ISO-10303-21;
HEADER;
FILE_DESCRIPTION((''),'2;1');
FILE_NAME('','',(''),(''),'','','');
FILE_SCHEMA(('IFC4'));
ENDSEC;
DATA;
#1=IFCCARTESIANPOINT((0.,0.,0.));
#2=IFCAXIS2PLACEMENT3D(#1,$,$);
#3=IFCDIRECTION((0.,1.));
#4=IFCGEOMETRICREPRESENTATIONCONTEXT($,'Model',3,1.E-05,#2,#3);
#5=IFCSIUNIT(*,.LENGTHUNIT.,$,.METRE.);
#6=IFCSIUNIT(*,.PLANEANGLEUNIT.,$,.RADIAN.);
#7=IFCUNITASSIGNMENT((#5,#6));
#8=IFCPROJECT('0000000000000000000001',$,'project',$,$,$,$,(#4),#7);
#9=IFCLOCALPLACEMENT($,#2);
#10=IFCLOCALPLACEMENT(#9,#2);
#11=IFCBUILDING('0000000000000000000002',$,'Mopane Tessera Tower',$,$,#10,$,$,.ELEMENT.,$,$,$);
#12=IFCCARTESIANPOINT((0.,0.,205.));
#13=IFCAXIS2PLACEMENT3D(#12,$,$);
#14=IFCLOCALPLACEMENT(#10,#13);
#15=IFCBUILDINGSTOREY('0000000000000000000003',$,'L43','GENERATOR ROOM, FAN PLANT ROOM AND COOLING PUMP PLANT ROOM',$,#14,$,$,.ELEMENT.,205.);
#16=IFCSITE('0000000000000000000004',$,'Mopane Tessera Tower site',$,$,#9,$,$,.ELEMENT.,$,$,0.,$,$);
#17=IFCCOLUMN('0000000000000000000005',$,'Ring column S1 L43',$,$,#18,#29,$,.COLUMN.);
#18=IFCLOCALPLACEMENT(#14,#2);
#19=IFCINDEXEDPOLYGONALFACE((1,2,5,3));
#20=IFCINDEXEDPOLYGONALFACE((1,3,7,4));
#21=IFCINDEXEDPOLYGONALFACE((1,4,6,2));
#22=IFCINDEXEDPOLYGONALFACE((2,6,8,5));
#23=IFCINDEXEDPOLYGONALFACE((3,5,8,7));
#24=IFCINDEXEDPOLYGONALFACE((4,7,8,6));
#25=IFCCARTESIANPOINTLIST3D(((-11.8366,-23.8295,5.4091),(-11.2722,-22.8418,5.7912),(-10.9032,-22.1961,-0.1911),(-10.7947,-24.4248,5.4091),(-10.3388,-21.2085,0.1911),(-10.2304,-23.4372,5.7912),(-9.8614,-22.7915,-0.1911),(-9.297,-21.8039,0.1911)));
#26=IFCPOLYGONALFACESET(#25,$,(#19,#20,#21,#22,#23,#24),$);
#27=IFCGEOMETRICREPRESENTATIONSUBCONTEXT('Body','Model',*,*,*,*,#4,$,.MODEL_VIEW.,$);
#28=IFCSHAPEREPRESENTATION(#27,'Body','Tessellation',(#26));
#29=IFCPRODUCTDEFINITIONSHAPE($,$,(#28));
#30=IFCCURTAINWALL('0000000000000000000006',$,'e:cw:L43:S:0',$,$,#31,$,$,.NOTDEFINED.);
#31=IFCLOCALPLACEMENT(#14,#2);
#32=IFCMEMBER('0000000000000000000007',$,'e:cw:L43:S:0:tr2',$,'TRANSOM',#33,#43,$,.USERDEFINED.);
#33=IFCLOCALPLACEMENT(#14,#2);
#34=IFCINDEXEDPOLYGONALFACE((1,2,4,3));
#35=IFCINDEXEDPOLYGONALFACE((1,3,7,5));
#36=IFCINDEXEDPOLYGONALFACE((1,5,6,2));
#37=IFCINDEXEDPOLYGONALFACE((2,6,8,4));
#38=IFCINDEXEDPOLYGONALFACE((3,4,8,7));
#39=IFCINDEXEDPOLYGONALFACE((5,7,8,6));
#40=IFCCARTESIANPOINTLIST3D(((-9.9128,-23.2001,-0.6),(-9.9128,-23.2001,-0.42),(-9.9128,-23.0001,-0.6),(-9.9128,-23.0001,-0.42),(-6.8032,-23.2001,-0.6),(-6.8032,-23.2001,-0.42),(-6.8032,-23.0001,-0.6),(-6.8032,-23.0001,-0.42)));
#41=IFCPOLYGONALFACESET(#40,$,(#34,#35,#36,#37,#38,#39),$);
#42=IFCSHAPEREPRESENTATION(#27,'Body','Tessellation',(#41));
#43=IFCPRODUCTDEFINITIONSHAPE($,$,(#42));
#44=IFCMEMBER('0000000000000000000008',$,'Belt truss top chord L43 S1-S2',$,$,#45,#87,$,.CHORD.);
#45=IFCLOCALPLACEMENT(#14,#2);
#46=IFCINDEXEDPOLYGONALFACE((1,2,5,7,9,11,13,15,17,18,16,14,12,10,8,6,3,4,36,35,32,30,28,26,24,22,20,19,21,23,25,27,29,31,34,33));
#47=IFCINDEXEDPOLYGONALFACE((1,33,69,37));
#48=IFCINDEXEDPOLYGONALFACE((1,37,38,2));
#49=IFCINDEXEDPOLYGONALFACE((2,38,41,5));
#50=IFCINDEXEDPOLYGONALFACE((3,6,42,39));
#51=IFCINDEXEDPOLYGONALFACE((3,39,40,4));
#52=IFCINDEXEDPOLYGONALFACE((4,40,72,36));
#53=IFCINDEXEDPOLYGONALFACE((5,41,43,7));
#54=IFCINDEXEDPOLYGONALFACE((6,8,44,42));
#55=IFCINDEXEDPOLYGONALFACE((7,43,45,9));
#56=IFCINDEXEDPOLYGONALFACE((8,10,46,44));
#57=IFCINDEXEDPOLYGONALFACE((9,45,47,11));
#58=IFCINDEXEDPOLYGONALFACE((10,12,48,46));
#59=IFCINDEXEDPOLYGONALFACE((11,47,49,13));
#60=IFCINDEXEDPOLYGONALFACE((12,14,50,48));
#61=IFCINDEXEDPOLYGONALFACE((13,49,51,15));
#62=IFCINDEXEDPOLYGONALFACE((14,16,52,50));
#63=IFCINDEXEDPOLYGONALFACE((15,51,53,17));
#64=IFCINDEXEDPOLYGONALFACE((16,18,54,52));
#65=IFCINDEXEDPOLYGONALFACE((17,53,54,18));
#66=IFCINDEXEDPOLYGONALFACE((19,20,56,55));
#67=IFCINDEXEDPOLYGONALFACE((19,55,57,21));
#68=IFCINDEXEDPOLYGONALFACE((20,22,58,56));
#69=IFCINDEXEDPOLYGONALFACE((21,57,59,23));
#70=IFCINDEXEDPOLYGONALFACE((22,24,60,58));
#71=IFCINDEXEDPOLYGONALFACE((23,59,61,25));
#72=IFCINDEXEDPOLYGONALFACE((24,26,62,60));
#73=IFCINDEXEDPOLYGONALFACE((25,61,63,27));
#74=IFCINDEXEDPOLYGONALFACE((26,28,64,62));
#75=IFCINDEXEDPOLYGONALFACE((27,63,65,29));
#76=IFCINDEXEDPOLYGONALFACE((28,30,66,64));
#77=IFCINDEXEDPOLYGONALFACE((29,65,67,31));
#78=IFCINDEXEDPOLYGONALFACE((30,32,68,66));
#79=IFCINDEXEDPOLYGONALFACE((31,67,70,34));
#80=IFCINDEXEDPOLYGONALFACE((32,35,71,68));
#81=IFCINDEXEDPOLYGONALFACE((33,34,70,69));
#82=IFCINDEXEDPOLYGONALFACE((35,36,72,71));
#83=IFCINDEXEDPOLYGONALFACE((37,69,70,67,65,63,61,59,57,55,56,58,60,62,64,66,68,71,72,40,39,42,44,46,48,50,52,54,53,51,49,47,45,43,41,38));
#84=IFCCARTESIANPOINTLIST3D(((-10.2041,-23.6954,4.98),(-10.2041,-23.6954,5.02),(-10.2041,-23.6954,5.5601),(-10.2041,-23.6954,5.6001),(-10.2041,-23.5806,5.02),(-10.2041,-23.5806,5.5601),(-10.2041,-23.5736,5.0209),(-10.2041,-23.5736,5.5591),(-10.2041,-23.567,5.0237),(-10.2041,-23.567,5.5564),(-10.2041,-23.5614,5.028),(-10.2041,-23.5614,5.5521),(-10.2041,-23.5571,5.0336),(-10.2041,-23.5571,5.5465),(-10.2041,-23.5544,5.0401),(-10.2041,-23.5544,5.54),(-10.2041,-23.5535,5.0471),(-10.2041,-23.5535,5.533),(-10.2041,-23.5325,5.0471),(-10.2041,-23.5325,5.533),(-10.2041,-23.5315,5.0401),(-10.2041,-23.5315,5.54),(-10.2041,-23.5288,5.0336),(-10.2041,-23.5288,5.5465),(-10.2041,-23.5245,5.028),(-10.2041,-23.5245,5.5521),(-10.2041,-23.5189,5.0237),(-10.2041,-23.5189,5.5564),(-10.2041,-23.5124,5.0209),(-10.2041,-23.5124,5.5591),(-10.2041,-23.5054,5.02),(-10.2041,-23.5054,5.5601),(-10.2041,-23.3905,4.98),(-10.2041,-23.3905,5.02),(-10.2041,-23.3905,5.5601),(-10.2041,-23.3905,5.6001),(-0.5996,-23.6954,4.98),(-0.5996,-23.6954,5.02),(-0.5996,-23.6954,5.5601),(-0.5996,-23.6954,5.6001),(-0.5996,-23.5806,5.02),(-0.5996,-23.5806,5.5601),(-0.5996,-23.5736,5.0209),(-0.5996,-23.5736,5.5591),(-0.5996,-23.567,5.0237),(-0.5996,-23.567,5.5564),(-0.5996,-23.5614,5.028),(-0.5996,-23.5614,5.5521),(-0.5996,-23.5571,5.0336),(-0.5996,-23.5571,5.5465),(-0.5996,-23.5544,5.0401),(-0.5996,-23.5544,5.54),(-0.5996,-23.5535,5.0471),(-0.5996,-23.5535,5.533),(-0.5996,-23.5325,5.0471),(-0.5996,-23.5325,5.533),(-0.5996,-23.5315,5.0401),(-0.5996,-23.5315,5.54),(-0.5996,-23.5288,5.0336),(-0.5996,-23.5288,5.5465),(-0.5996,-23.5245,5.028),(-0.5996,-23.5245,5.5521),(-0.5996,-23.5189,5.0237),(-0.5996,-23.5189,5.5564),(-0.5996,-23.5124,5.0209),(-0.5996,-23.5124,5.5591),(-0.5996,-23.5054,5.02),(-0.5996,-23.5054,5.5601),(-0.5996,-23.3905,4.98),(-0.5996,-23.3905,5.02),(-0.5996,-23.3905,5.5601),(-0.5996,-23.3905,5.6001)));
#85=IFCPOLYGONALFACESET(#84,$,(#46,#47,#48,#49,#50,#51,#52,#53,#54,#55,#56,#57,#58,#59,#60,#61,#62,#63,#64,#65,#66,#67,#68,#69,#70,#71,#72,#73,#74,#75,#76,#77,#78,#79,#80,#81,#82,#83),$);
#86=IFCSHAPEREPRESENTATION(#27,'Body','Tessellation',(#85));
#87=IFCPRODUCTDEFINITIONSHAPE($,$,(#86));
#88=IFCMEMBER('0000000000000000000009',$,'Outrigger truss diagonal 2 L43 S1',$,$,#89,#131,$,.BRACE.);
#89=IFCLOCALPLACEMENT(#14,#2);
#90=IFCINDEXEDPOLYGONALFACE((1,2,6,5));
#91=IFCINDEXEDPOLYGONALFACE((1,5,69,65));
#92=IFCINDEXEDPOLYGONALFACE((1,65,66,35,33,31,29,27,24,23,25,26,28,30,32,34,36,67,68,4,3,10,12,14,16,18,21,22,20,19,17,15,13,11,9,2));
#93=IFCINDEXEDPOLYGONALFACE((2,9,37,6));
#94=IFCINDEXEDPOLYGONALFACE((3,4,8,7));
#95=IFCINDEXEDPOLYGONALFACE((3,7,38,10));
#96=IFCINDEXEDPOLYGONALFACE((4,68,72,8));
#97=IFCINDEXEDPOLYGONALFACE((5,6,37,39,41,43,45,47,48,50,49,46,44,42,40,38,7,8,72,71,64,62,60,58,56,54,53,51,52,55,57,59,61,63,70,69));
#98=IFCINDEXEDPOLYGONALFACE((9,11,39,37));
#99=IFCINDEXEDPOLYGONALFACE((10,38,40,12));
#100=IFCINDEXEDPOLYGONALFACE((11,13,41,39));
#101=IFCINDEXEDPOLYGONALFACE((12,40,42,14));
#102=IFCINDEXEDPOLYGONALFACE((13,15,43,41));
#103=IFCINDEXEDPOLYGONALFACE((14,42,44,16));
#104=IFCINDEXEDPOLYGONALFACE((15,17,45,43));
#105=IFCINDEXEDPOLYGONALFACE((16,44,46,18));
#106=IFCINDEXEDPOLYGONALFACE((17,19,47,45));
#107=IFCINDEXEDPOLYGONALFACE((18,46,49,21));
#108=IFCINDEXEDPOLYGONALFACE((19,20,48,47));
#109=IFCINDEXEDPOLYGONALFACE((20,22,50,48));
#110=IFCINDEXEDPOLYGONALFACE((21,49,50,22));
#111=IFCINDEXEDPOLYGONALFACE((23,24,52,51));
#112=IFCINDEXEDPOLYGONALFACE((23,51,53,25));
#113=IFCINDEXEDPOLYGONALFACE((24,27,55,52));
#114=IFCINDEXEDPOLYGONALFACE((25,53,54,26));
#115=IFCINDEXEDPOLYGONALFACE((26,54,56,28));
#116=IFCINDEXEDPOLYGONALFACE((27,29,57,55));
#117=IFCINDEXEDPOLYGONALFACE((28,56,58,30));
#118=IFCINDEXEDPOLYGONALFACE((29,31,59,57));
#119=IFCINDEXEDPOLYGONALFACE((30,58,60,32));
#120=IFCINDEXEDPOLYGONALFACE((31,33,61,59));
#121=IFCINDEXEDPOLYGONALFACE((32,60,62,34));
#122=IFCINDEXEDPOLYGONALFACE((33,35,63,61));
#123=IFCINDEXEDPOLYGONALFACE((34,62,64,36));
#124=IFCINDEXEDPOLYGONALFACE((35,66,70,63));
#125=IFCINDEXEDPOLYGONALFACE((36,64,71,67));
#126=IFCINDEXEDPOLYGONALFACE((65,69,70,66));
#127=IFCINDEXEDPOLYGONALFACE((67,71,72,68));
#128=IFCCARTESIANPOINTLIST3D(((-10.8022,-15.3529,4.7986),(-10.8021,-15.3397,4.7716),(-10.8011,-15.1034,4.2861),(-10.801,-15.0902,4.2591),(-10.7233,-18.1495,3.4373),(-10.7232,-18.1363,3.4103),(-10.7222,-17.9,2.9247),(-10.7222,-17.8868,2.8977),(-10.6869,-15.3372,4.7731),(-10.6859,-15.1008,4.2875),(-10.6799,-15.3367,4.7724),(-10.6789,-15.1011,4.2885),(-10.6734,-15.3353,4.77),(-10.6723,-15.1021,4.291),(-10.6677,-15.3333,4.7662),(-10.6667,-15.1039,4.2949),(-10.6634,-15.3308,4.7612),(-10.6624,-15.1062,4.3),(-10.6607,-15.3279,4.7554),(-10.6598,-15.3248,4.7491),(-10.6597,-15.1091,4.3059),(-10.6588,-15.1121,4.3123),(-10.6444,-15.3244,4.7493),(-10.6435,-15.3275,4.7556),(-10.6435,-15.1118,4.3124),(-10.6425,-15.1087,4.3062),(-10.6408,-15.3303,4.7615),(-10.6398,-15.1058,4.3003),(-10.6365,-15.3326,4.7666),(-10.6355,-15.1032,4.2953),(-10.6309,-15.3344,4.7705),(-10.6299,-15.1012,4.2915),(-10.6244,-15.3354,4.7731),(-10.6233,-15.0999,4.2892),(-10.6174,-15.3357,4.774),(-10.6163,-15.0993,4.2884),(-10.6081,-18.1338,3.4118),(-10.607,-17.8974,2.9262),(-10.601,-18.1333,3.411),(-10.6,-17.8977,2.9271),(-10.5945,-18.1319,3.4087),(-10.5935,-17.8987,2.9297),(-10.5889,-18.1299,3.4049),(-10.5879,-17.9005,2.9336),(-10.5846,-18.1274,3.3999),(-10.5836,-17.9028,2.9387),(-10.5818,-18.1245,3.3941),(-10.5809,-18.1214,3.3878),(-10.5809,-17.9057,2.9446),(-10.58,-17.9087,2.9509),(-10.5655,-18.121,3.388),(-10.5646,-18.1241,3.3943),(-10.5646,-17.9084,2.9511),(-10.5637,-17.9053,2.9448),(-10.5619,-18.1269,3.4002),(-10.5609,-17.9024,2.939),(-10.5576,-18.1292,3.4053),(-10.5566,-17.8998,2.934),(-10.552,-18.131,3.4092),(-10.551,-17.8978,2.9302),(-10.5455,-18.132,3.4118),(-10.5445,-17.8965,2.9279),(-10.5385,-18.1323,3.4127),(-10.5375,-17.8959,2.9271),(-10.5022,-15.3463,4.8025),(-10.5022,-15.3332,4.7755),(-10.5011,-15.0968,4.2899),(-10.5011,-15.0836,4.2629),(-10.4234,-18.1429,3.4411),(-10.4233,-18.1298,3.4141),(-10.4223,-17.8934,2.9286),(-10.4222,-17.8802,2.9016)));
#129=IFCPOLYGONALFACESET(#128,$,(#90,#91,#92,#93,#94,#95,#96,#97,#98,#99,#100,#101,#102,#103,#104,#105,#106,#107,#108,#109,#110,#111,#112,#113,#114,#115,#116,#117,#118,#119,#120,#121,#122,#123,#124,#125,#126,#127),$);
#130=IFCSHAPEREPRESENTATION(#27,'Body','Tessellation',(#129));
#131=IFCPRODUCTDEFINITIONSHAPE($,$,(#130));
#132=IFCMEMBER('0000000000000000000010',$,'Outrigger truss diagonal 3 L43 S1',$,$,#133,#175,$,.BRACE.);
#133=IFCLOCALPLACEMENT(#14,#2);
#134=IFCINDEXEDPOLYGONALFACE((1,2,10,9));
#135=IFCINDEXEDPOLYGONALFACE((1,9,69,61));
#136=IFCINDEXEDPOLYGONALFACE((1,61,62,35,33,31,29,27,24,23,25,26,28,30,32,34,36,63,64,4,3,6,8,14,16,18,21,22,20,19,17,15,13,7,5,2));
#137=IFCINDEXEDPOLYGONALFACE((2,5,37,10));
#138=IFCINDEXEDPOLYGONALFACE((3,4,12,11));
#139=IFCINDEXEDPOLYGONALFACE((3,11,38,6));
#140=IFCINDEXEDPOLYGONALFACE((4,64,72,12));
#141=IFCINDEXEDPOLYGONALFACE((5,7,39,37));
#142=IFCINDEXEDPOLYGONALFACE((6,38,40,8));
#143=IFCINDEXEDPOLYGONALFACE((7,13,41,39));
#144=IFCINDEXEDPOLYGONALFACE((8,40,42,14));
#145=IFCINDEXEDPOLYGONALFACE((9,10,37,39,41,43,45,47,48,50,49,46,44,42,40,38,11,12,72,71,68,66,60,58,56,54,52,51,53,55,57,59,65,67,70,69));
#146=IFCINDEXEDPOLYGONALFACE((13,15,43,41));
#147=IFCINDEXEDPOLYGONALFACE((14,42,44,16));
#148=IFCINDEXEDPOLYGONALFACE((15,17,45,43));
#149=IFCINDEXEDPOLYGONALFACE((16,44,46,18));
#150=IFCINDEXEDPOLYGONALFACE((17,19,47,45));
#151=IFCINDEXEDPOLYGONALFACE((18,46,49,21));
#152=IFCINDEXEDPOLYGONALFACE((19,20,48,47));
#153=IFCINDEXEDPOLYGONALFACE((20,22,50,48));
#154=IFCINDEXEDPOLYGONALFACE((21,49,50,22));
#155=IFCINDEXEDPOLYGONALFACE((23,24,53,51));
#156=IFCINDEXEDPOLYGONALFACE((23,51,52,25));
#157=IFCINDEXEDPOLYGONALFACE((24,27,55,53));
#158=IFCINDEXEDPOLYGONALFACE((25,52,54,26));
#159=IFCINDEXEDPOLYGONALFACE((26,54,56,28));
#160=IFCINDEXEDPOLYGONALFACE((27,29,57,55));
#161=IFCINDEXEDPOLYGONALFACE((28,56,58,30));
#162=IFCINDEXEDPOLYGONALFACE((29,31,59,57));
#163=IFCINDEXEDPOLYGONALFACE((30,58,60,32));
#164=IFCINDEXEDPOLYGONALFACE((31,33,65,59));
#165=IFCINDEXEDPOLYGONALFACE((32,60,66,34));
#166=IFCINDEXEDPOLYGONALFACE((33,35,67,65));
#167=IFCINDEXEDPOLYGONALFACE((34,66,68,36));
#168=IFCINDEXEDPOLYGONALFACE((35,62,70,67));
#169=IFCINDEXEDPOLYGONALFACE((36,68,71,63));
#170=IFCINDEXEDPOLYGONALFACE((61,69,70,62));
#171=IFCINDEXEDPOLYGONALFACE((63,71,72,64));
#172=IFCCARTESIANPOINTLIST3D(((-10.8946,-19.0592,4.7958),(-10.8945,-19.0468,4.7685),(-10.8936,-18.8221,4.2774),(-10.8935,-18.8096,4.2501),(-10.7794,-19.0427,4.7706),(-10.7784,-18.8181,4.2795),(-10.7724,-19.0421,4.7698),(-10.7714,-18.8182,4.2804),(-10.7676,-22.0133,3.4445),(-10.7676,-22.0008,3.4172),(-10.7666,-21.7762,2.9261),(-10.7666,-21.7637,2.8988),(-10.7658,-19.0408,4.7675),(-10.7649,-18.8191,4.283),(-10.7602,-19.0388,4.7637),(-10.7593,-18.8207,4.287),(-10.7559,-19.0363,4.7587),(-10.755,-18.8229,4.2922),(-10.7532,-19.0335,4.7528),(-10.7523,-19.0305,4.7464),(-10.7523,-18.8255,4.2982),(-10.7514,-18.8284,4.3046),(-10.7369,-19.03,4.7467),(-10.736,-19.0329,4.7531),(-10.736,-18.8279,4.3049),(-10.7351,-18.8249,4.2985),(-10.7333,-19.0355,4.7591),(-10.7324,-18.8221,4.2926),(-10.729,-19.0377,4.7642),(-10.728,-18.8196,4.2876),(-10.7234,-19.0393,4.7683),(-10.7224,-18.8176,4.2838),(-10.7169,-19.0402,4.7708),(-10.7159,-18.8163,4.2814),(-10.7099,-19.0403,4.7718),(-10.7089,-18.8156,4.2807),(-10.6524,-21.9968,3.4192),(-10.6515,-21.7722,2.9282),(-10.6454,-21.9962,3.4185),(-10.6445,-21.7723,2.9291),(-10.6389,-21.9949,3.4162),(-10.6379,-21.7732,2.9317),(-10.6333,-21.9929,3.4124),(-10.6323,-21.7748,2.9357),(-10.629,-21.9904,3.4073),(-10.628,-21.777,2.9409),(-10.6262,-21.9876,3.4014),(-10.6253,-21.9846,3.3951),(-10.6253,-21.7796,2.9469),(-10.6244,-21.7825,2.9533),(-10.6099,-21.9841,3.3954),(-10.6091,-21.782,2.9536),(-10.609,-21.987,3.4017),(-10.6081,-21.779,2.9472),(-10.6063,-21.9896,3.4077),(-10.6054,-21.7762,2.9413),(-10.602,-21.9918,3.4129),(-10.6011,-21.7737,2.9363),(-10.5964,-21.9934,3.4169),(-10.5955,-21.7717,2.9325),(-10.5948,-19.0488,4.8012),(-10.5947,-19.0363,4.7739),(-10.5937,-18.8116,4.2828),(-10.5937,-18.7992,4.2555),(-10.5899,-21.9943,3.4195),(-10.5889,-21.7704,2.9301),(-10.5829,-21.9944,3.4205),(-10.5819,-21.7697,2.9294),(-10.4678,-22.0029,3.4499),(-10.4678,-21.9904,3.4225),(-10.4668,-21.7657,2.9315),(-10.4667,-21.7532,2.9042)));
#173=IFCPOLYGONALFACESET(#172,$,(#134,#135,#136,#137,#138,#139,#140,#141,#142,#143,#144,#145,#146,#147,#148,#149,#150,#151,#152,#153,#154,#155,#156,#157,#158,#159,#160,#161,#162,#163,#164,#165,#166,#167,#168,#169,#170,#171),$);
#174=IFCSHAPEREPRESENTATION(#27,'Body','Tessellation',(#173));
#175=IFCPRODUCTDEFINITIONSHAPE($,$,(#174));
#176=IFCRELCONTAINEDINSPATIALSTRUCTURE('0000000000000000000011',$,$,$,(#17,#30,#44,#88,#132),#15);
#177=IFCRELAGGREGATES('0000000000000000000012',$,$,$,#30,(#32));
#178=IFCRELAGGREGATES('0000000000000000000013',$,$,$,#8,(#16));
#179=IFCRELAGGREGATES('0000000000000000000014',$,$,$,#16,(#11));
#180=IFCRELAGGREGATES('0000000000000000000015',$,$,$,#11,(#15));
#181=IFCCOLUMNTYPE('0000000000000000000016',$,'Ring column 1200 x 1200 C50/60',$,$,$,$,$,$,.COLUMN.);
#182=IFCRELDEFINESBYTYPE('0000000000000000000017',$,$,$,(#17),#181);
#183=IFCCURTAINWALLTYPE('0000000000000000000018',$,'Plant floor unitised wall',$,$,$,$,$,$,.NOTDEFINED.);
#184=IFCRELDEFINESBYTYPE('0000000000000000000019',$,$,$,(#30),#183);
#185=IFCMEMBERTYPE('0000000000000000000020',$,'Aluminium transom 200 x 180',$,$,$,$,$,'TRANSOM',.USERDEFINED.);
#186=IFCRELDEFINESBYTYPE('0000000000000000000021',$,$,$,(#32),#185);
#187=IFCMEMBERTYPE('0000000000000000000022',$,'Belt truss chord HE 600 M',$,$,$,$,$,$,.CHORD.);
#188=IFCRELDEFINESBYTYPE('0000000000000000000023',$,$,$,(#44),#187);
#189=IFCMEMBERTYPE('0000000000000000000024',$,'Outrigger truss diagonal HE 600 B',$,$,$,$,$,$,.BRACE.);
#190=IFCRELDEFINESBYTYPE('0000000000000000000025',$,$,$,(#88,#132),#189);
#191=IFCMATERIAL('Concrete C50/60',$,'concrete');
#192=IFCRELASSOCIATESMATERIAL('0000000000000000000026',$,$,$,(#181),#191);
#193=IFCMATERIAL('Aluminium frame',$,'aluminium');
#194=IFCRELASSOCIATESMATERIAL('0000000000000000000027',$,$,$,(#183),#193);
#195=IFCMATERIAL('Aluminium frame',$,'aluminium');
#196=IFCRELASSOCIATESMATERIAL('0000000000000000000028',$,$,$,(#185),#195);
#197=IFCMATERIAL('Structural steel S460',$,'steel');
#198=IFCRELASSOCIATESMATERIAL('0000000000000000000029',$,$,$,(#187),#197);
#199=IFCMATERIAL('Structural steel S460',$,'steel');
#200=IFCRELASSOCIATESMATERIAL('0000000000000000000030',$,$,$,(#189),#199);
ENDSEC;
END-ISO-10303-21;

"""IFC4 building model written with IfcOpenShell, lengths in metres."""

from ifc_helpers import new_model, si_unit, direction, frame, origin, origin_2d, place, context, subcontext, project, spatial, rectangle, i_section, extrude, material, material_profile, profile_set, type_object, element, aggregate, save


model = new_model("IFC4")

# Units and contexts
model_context = context("Model", 3, precision=1e-05, world=origin(), true_north=direction((0.0, 1.0)))
body_context = subcontext(model_context, "Body", "Model", "MODEL_VIEW")
ifc_project = project(units=[si_unit("LENGTHUNIT", "METRE"), si_unit("PLANEANGLEUNIT", "RADIAN")], contexts=[model_context])

# Site, building, storey
site_placement = place(None, origin())
site = spatial("IfcSite", under=ifc_project, at=site_placement, Name="Mopane Tessera Tower site", CompositionType="ELEMENT", RefElevation=0.0)
building_placement = place(site_placement, origin())
building = spatial("IfcBuilding", under=site, at=building_placement, Name="Mopane Tessera Tower", CompositionType="ELEMENT")
storey_placement = place(building_placement, frame((0.0, 0.0, 205.0)))
storey = spatial("IfcBuildingStorey", under=building, at=storey_placement, Name="L43", Description="GENERATOR ROOM, FAN PLANT ROOM AND COOLING PUMP PLANT ROOM", CompositionType="ELEMENT", Elevation=205.0)

# Column
ifc_material_1 = material(Name="Concrete C50/60", Category="concrete")
ifc_material_profile_1 = material_profile(ifc_material_1, rectangle(XDim=1.2, YDim=1.2, at=origin_2d()))
ifc_profile_set_1 = profile_set([ifc_material_profile_1], Name="Concrete C50/60")
column_type = type_object("IfcColumnType", Name="Ring column 1200 x 1200 C50/60", PredefinedType="COLUMN", material=ifc_profile_set_1)
column_placement = place(storey_placement, frame((-10.1001, -22.0, 0.0), z_axis=(-0.157991, -0.276474, 0.947946), x_axis=(0.868235, -0.496153, 0.0)))
element("IfcColumn", 1, at=column_placement, inside=storey, type_object=column_type, Name="Ring column S1 L43", PredefinedType="COLUMN", context=body_context, shape_type="SweptSolid", body=[
    extrude(rectangle(XDim=1.2, YDim=1.2, at=origin_2d()), origin(), (0.0, 0.0, 1.0), 5.9077),
])

# Curtain wall, member
ifc_material_2 = material(Name="Aluminium frame", Category="aluminium")
curtain_wall_type = type_object("IfcCurtainWallType", Name="Plant floor unitised wall", PredefinedType="NOTDEFINED", material=ifc_material_2)
curtain_wall_placement = place(storey_placement, origin())
curtain_wall = element("IfcCurtainWall", 2, at=curtain_wall_placement, inside=storey, type_object=curtain_wall_type, Name="e:cw:L43:S:0", PredefinedType="NOTDEFINED")
ifc_material_3 = material(Name="Aluminium frame", Category="aluminium")
ifc_material_profile_2 = material_profile(ifc_material_3, rectangle(XDim=0.2, YDim=0.1799, at=origin_2d()))
ifc_profile_set_2 = profile_set([ifc_material_profile_2], Name="Aluminium frame")
member_type_1 = type_object("IfcMemberType", Name="Aluminium transom 200 x 180", ElementType="TRANSOM", PredefinedType="USERDEFINED", material=ifc_profile_set_2)
member_1_placement = place(storey_placement, frame((-9.9128, -23.1001, -0.51), z_axis=(1.0, 0.0, 0.0), x_axis=(0.0, 1.0, 0.0)))
member_1 = element("IfcMember", 3, at=member_1_placement, type_object=member_type_1, Name="e:cw:L43:S:0:tr2", ObjectType="TRANSOM", PredefinedType="USERDEFINED", context=body_context, shape_type="SweptSolid", body=[
    extrude(rectangle(XDim=0.2, YDim=0.1799, at=origin_2d()), origin(), (0.0, 0.0, 1.0), 3.1096),
])

# Members
ifc_material_4 = material(Name="Structural steel S460", Category="steel")
ifc_material_profile_3 = material_profile(ifc_material_4, i_section(OverallWidth=0.3049, OverallDepth=0.6201, WebThickness=0.021, FlangeThickness=0.04, FilletRadius=0.0271, at=origin_2d()))
ifc_profile_set_3 = profile_set([ifc_material_profile_3], Name="Structural steel S460")
member_type_2 = type_object("IfcMemberType", Name="Belt truss chord HE 600 M", PredefinedType="CHORD", material=ifc_profile_set_3)
member_2_placement = place(storey_placement, frame((-10.2041, -23.543, 5.29), z_axis=(1.0, 0.0, 0.0), x_axis=(0.0, 1.0, 0.0)))
element("IfcMember", 4, at=member_2_placement, inside=storey, type_object=member_type_2, Name="Belt truss top chord L43 S1-S2", PredefinedType="CHORD", context=body_context, shape_type="SweptSolid", body=[
    extrude(i_section(OverallWidth=0.3049, OverallDepth=0.6201, WebThickness=0.021, FlangeThickness=0.04, FilletRadius=0.0271, at=origin_2d()), origin(), (0.0, 0.0, 1.0), 9.6045),
])
ifc_material_5 = material(Name="Structural steel S460", Category="steel")
ifc_material_profile_4 = material_profile(ifc_material_5, i_section(OverallWidth=0.3, OverallDepth=0.6001, WebThickness=0.0154, FlangeThickness=0.03, FilletRadius=0.0271, at=origin_2d()))
ifc_profile_set_4 = profile_set([ifc_material_profile_4], Name="Structural steel S460")
member_type_3 = type_object("IfcMemberType", Name="Outrigger truss diagonal HE 600 B", PredefinedType="BRACE", material=ifc_profile_set_4)
member_3_placement = place(storey_placement, frame((-10.6516, -15.2183, 4.5308), z_axis=(0.025345, -0.898844, -0.437534), x_axis=(0.999677, 0.021947, 0.012822)))
element("IfcMember", 5, at=member_3_placement, inside=storey, type_object=member_type_3, Name="Outrigger truss diagonal 2 L43 S1", PredefinedType="BRACE", context=body_context, shape_type="SweptSolid", body=[
    extrude(i_section(OverallWidth=0.3, OverallDepth=0.6001, WebThickness=0.0154, FlangeThickness=0.03, FilletRadius=0.0271, at=origin_2d()), origin(), (0.0, 0.0, 1.0), 3.1113),
])
member_4_placement = place(storey_placement, frame((-10.7441, -18.9292, 4.5256), z_axis=(0.039051, -0.908679, -0.415664), x_axis=(0.999236, 0.034755, 0.017899)))
element("IfcMember", 6, at=member_4_placement, inside=storey, type_object=member_type_3, Name="Outrigger truss diagonal 3 L43 S1", PredefinedType="BRACE", context=body_context, shape_type="SweptSolid", body=[
    extrude(i_section(OverallWidth=0.3, OverallDepth=0.6001, WebThickness=0.0154, FlangeThickness=0.03, FilletRadius=0.0271, at=origin_2d()), origin(), (0.0, 0.0, 1.0), 3.251),
])

aggregate(curtain_wall, [member_1])

save(model, "model.ifc")
